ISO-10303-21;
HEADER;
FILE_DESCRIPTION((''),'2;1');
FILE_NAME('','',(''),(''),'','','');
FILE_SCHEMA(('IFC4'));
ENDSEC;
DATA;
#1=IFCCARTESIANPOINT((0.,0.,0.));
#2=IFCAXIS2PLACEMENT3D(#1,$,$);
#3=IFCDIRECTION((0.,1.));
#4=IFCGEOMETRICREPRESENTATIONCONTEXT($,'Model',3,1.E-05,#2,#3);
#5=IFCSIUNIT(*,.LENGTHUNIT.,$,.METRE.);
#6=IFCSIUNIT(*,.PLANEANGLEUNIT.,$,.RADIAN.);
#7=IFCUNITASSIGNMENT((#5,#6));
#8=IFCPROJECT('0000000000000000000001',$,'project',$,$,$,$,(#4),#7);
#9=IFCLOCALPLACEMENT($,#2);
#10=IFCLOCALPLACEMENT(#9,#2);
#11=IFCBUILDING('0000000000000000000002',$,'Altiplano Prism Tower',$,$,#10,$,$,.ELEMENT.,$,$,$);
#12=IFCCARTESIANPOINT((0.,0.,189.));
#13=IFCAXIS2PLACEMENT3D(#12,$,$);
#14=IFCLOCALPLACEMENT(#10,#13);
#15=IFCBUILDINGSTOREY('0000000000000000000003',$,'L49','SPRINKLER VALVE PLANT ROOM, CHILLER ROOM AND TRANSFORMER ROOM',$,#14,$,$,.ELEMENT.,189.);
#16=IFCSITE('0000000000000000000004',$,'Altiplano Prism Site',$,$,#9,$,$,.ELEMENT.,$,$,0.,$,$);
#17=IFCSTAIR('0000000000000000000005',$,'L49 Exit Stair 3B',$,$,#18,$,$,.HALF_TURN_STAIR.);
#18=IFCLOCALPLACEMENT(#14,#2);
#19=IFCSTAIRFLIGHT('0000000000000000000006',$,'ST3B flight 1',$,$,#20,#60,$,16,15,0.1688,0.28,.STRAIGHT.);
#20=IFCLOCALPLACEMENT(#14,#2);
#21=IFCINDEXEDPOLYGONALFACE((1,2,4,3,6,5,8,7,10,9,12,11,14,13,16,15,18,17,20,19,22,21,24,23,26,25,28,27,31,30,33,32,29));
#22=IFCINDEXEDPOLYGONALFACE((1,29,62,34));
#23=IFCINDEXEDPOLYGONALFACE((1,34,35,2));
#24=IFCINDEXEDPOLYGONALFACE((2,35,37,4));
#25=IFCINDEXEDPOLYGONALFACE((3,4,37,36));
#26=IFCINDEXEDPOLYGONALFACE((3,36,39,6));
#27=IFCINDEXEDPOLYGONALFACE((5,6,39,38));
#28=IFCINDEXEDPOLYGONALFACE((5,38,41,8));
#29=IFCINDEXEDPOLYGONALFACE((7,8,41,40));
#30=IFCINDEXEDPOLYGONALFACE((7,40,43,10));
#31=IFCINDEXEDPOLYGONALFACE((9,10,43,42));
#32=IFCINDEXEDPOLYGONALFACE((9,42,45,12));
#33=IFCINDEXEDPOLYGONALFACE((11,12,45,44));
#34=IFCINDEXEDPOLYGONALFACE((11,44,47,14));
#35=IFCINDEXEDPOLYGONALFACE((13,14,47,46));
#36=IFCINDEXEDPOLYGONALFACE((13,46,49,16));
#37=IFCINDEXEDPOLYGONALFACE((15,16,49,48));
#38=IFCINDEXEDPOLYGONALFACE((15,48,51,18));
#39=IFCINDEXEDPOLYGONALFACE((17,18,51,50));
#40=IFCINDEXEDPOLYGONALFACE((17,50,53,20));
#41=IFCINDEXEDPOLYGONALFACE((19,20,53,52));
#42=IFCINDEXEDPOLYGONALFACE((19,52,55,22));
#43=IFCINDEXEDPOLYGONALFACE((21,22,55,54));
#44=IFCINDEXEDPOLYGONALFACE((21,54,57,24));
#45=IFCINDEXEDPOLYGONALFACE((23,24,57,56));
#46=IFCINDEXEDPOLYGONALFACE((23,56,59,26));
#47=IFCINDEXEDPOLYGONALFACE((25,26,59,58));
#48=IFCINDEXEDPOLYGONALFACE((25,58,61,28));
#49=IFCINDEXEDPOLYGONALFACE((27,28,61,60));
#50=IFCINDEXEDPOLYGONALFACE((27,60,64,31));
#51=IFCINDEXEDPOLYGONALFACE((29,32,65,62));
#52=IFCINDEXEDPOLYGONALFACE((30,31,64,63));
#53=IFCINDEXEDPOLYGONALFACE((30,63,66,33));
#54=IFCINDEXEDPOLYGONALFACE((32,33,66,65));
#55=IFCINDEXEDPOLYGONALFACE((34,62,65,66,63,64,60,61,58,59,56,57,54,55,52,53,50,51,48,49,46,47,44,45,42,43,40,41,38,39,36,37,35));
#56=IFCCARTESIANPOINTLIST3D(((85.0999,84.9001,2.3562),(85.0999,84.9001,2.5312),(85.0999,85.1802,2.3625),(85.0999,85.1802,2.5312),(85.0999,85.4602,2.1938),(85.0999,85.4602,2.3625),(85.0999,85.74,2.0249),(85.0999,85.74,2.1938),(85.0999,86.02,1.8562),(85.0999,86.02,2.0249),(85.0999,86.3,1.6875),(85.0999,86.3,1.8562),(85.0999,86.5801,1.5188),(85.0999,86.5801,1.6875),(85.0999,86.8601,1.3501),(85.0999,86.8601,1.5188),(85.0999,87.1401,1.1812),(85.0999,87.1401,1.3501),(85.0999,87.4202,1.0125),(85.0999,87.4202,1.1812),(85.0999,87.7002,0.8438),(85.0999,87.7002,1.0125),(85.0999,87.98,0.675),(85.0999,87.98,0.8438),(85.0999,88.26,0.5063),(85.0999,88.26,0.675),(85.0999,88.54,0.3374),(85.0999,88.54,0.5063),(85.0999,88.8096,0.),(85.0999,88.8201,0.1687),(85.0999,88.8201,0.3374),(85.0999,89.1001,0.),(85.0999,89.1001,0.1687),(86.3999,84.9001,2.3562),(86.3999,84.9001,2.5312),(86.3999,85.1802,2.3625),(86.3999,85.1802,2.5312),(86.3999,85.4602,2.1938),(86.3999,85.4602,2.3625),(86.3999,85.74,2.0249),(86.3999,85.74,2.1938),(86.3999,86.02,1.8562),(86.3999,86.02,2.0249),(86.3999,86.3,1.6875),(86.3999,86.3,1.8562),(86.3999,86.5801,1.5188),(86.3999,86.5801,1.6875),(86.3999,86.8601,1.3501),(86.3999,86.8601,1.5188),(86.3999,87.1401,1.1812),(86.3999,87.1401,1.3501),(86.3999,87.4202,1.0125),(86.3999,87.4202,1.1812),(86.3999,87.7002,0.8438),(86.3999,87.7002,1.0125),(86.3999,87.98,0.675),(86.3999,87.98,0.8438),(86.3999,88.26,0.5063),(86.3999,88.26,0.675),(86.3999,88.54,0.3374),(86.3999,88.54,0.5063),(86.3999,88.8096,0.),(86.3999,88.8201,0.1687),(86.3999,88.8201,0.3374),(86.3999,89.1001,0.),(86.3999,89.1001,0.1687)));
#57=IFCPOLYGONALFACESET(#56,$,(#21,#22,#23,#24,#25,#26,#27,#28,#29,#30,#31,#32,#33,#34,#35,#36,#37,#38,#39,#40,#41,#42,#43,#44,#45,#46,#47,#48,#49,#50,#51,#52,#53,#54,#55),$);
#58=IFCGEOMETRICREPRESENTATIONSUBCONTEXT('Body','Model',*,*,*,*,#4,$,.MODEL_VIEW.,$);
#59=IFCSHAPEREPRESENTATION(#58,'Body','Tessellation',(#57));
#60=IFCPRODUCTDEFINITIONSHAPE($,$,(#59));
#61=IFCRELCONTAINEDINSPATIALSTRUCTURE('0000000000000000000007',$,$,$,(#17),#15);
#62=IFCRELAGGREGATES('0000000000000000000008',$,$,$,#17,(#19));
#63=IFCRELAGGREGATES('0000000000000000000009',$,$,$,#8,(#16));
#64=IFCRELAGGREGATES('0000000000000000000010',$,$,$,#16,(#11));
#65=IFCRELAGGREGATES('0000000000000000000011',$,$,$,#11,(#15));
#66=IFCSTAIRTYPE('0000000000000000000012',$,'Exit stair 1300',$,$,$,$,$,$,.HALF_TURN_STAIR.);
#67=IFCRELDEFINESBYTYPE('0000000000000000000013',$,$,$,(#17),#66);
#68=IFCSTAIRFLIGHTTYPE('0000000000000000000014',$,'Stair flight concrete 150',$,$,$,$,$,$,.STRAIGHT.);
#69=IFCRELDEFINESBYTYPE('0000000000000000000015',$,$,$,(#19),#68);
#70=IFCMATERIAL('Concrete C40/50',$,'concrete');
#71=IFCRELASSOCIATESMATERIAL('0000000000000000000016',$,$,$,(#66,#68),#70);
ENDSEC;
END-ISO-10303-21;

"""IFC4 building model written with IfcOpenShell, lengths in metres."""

from ifc_helpers import new_model, si_unit, direction, frame, origin, place, context, subcontext, project, spatial, polyline, outline, extrude, material, type_object, element, aggregate, save


model = new_model("IFC4")

# Units and contexts
model_context = context("Model", 3, precision=1e-05, world=origin(), true_north=direction((0.0, 1.0)))
body_context = subcontext(model_context, "Body", "Model", "MODEL_VIEW")
ifc_project = project(units=[si_unit("LENGTHUNIT", "METRE"), si_unit("PLANEANGLEUNIT", "RADIAN")], contexts=[model_context])

# Site, building, storey
site_placement = place(None, origin())
site = spatial("IfcSite", under=ifc_project, at=site_placement, Name="Altiplano Prism Site", CompositionType="ELEMENT", RefElevation=0.0)
building_placement = place(site_placement, origin())
building = spatial("IfcBuilding", under=site, at=building_placement, Name="Altiplano Prism Tower", CompositionType="ELEMENT")
storey_placement = place(building_placement, frame((0.0, 0.0, 189.0)))
storey = spatial("IfcBuildingStorey", under=building, at=storey_placement, Name="L49", Description="SPRINKLER VALVE PLANT ROOM, CHILLER ROOM AND TRANSFORMER ROOM", CompositionType="ELEMENT", Elevation=189.0)

# Stair, stair flight
ifc_material_1 = material(Name="Concrete C40/50", Category="concrete")
stair_type = type_object("IfcStairType", Name="Exit stair 1300", PredefinedType="HALF_TURN_STAIR", material=ifc_material_1)
stair_placement = place(storey_placement, origin())
stair = element("IfcStair", 1, at=stair_placement, inside=storey, type_object=stair_type, Name="L49 Exit Stair 3B", PredefinedType="HALF_TURN_STAIR")
stair_flight_type = type_object("IfcStairFlightType", Name="Stair flight concrete 150", PredefinedType="STRAIGHT", material=ifc_material_1)
stair_flight_placement = place(storey_placement, frame((85.75, 89.1001, 0.0), z_axis=(0.0, 0.0, 1.0), x_axis=(0.0, -1.0, 0.0)))
stair_flight = element("IfcStairFlight", 2, at=stair_flight_placement, type_object=stair_flight_type, Name="ST3B flight 1", NumberOfRisers=16, NumberOfTreads=15, PredefinedType="STRAIGHT", RiserHeight=0.1688, TreadLength=0.28, context=body_context, shape_type="SweptSolid", body=[
    extrude(outline(polyline([(0.0, 0.0), (0.0, 0.1687), (0.28, 0.1687), (0.28, 0.3374), (0.5601, 0.3374), (0.5601, 0.5063), (0.8401, 0.5063), (0.8401, 0.675), (1.1201, 0.675), (1.1201, 0.8438), (1.3999, 0.8438), (1.3999, 1.0125), (1.6799, 1.0125), (1.6799, 1.1812), (1.96, 1.1812), (1.96, 1.3501), (2.24, 1.3501), (2.24, 1.5188), (2.52, 1.5188), (2.52, 1.6875), (2.8, 1.6875), (2.8, 1.8562), (3.0801, 1.8562), (3.0801, 2.0249), (3.3601, 2.0249), (3.3601, 2.1938), (3.6399, 2.1938), (3.6399, 2.3625), (3.9199, 2.3625), (3.9199, 2.5312), (4.2, 2.5312), (4.2, 2.7), (4.2, 2.3562), (0.2905, 0.0), (0.0, 0.0)])), frame((0.0, 0.6499, 0.0), z_axis=(0.0, -1.0, 0.0), x_axis=(1.0, 0.0, 0.0)), (0.0, 0.0, 1.0), 1.3),
])
aggregate(stair, [stair_flight])

save(model, "model.ifc")
